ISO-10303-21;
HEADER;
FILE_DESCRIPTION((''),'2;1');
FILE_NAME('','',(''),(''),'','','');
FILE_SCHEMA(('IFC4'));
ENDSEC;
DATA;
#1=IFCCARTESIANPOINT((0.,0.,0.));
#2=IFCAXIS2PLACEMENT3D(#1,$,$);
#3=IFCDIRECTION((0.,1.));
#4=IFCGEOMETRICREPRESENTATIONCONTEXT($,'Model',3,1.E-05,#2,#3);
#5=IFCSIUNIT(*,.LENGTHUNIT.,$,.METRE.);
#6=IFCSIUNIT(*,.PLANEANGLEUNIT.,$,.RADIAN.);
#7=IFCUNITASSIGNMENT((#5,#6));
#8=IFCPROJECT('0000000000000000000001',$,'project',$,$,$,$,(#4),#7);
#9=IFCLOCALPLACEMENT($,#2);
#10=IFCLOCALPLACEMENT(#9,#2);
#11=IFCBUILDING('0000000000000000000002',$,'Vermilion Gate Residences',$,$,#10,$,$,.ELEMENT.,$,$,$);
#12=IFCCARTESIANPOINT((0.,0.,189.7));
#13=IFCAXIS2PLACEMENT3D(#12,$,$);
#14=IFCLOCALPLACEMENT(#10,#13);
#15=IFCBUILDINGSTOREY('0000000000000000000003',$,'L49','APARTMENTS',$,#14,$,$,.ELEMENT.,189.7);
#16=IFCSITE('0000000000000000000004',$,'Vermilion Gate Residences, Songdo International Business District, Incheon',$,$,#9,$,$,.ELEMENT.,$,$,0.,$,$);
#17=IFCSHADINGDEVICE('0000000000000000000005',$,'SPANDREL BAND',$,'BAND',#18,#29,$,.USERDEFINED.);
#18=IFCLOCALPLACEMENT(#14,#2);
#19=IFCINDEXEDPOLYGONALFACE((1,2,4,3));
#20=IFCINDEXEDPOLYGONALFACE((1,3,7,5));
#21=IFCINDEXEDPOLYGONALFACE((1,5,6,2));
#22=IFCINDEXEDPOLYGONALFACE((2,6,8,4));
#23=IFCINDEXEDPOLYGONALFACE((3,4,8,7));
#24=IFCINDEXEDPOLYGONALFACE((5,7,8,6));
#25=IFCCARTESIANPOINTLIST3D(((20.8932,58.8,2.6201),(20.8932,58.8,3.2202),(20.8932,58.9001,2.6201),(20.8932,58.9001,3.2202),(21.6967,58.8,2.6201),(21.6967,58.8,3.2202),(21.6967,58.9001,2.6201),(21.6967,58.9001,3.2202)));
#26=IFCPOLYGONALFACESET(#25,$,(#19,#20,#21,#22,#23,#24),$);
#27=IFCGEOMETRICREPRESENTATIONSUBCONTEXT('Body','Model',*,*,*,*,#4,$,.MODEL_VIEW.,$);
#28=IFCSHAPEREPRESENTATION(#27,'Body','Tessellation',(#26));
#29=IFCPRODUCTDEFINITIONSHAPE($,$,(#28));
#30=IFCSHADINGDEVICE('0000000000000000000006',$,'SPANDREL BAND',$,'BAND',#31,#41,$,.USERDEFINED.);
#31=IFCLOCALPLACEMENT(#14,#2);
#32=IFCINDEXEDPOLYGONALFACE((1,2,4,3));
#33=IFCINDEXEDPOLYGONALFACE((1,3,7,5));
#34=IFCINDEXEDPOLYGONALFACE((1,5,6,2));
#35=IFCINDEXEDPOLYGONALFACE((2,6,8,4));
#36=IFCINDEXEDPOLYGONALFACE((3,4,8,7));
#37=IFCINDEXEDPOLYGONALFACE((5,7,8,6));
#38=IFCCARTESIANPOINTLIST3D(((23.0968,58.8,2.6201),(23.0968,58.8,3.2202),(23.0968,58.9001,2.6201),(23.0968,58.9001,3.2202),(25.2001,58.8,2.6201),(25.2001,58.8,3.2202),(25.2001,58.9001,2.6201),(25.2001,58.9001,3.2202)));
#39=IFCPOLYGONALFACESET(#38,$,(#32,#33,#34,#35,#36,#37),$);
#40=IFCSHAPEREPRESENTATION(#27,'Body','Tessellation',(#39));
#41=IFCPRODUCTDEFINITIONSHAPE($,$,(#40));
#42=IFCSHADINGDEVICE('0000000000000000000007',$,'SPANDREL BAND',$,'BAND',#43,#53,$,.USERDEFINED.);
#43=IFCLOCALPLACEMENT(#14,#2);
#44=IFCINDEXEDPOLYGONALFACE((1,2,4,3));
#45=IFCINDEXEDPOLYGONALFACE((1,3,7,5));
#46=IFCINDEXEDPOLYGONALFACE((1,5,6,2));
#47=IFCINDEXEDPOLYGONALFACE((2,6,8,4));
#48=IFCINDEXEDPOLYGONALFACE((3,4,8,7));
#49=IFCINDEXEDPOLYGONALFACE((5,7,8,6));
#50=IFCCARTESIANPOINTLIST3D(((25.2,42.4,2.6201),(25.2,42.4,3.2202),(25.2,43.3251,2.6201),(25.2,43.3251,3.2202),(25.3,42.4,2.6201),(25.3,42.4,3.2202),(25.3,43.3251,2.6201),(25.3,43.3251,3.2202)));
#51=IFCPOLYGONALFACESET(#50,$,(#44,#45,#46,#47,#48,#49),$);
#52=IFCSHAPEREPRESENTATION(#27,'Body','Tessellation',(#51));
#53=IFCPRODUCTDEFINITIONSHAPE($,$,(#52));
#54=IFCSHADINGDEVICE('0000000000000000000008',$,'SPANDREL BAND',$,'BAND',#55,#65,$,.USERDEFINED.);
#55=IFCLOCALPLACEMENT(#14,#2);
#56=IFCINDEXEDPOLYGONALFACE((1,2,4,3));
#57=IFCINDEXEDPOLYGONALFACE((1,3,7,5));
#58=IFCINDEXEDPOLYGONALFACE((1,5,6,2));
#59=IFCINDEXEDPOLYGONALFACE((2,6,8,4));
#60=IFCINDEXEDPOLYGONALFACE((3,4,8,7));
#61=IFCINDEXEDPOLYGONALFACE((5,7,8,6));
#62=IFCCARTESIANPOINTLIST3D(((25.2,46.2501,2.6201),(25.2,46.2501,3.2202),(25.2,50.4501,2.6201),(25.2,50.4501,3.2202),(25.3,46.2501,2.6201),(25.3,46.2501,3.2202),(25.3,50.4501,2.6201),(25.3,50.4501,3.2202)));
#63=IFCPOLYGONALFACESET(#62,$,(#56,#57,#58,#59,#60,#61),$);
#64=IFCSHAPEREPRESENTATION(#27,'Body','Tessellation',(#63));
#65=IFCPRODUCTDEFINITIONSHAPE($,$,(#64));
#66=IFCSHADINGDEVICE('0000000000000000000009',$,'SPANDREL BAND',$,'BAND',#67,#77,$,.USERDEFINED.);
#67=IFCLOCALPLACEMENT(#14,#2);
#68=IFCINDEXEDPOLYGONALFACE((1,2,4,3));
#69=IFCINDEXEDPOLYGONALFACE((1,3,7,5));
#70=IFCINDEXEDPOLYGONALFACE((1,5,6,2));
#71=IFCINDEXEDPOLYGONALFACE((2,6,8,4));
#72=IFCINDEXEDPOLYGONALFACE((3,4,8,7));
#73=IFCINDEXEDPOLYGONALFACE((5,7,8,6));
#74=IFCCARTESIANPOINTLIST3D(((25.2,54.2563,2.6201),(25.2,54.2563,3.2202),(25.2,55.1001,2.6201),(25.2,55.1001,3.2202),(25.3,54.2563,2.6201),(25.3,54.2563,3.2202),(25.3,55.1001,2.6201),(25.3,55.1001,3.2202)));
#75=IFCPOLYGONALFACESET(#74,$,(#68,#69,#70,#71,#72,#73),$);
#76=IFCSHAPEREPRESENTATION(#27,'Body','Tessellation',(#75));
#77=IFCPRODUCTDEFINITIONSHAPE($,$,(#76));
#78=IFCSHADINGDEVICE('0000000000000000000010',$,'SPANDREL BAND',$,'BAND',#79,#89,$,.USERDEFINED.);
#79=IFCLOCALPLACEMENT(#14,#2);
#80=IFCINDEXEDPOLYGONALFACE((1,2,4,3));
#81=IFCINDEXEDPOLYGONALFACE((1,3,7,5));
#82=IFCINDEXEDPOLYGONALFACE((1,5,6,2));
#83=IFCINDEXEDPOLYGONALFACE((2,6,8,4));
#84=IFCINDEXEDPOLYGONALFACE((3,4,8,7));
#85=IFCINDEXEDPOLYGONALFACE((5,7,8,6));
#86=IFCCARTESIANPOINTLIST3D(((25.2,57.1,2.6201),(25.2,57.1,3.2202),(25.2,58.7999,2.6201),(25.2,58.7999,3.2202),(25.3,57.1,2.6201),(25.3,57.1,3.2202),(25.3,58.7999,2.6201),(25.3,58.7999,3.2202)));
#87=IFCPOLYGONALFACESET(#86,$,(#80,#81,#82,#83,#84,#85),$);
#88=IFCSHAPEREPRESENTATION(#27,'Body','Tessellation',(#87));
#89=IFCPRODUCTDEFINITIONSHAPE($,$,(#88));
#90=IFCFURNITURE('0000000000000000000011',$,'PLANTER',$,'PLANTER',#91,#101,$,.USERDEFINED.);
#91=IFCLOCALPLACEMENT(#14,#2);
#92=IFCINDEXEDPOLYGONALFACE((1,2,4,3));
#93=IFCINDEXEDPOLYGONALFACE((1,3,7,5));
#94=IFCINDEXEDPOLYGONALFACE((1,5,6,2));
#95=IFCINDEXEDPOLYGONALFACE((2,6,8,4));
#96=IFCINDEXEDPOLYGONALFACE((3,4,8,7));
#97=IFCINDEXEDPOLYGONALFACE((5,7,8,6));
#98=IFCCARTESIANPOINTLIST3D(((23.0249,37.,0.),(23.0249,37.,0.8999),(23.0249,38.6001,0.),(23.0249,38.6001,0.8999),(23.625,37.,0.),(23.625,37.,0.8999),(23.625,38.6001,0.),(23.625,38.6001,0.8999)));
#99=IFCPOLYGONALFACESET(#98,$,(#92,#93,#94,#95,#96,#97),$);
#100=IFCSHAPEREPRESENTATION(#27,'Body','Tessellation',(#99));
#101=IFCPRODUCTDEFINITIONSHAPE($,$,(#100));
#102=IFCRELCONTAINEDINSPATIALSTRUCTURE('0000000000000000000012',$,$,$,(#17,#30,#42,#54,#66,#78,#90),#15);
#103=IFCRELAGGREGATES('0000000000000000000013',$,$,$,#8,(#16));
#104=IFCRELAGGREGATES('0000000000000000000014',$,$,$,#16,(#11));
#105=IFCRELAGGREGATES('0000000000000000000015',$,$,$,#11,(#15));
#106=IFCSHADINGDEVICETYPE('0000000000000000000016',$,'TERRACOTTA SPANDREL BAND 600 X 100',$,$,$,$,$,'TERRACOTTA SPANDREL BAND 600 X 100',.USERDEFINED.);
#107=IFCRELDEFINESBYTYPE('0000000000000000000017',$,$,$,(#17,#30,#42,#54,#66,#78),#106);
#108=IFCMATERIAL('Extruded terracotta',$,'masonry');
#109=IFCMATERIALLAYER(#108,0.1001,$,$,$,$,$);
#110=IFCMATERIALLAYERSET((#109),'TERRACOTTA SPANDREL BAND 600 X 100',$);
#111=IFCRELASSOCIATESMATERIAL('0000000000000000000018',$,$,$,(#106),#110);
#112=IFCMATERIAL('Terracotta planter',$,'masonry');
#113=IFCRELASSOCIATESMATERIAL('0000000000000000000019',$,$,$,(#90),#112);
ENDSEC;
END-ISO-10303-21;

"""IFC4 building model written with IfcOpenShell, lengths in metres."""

from ifc_helpers import new_model, si_unit, direction, frame, origin, origin_2d, place, context, subcontext, project, spatial, rectangle, extrude, material, layer, layer_set, type_object, element, save


model = new_model("IFC4")

# Units and contexts
model_context = context("Model", 3, precision=1e-05, world=origin(), true_north=direction((0.0, 1.0)))
body_context = subcontext(model_context, "Body", "Model", "MODEL_VIEW")
ifc_project = project(units=[si_unit("LENGTHUNIT", "METRE"), si_unit("PLANEANGLEUNIT", "RADIAN")], contexts=[model_context])

# Site, building, storey
site_placement = place(None, origin())
site = spatial("IfcSite", under=ifc_project, at=site_placement, Name="Vermilion Gate Residences, Songdo International Business District, Incheon", CompositionType="ELEMENT", RefElevation=0.0)
building_placement = place(site_placement, origin())
building = spatial("IfcBuilding", under=site, at=building_placement, Name="Vermilion Gate Residences", CompositionType="ELEMENT")
storey_placement = place(building_placement, frame((0.0, 0.0, 189.7)))
storey = spatial("IfcBuildingStorey", under=building, at=storey_placement, Name="L49", Description="APARTMENTS", CompositionType="ELEMENT", Elevation=189.7)

# Shading devices
ifc_material_1 = material(Name="Extruded terracotta", Category="masonry")
ifc_layer_1 = layer(ifc_material_1, 0.1001)
ifc_layer_set_1 = layer_set([ifc_layer_1], Name="TERRACOTTA SPANDREL BAND 600 X 100")
shading_device_type_1 = type_object("IfcShadingDeviceType", Name="TERRACOTTA SPANDREL BAND 600 X 100", ElementType="TERRACOTTA SPANDREL BAND 600 X 100", PredefinedType="USERDEFINED", material=ifc_layer_set_1)
shading_device_1_placement = place(storey_placement, frame((21.2949, 58.8501, 2.6201), z_axis=(0.0, 0.0, 1.0), x_axis=(1.0, 0.0, 0.0)))
element("IfcShadingDevice", 1, at=shading_device_1_placement, inside=storey, type_object=shading_device_type_1, Name="SPANDREL BAND", ObjectType="BAND", PredefinedType="USERDEFINED", context=body_context, shape_type="SweptSolid", body=[
    extrude(rectangle(XDim=0.8035, YDim=0.1001, at=origin_2d()), origin(), (0.0, 0.0, 1.0), 0.6001),
])
shading_device_2_placement = place(storey_placement, frame((24.1484, 58.8501, 2.6201), z_axis=(0.0, 0.0, 1.0), x_axis=(1.0, 0.0, 0.0)))
element("IfcShadingDevice", 2, at=shading_device_2_placement, inside=storey, type_object=shading_device_type_1, Name="SPANDREL BAND", ObjectType="BAND", PredefinedType="USERDEFINED", context=body_context, shape_type="SweptSolid", body=[
    extrude(rectangle(XDim=2.1033, YDim=0.1001, at=origin_2d()), origin(), (0.0, 0.0, 1.0), 0.6001),
])
shading_device_3_placement = place(storey_placement, frame((25.25, 42.8625, 2.6201), z_axis=(0.0, 0.0, 1.0), x_axis=(0.0, 1.0, 0.0)))
element("IfcShadingDevice", 3, at=shading_device_3_placement, inside=storey, type_object=shading_device_type_1, Name="SPANDREL BAND", ObjectType="BAND", PredefinedType="USERDEFINED", context=body_context, shape_type="SweptSolid", body=[
    extrude(rectangle(XDim=0.925, YDim=0.1001, at=origin_2d()), origin(), (0.0, 0.0, 1.0), 0.6001),
])
shading_device_4_placement = place(storey_placement, frame((25.25, 48.3501, 2.6201), z_axis=(0.0, 0.0, 1.0), x_axis=(0.0, 1.0, 0.0)))
element("IfcShadingDevice", 4, at=shading_device_4_placement, inside=storey, type_object=shading_device_type_1, Name="SPANDREL BAND", ObjectType="BAND", PredefinedType="USERDEFINED", context=body_context, shape_type="SweptSolid", body=[
    extrude(rectangle(XDim=4.2, YDim=0.1001, at=origin_2d()), origin(), (0.0, 0.0, 1.0), 0.6001),
])
shading_device_5_placement = place(storey_placement, frame((25.25, 54.6782, 2.6201), z_axis=(0.0, 0.0, 1.0), x_axis=(0.0, 1.0, 0.0)))
element("IfcShadingDevice", 5, at=shading_device_5_placement, inside=storey, type_object=shading_device_type_1, Name="SPANDREL BAND", ObjectType="BAND", PredefinedType="USERDEFINED", context=body_context, shape_type="SweptSolid", body=[
    extrude(rectangle(XDim=0.8438, YDim=0.1001, at=origin_2d()), origin(), (0.0, 0.0, 1.0), 0.6001),
])
shading_device_6_placement = place(storey_placement, frame((25.25, 57.95, 2.6201), z_axis=(0.0, 0.0, 1.0), x_axis=(0.0, 1.0, 0.0)))
element("IfcShadingDevice", 6, at=shading_device_6_placement, inside=storey, type_object=shading_device_type_1, Name="SPANDREL BAND", ObjectType="BAND", PredefinedType="USERDEFINED", context=body_context, shape_type="SweptSolid", body=[
    extrude(rectangle(XDim=1.7, YDim=0.1001, at=origin_2d()), origin(), (0.0, 0.0, 1.0), 0.6001),
])

# Furniture
ifc_material_2 = material(Name="Terracotta planter", Category="masonry")
furniture_placement = place(storey_placement, frame((23.325, 37.8, 0.0), z_axis=(0.0, 0.0, 1.0), x_axis=(0.0, 1.0, 0.0)))
element("IfcFurniture", 7, at=furniture_placement, inside=storey, material=ifc_material_2, Name="PLANTER", ObjectType="PLANTER", PredefinedType="USERDEFINED", context=body_context, shape_type="SweptSolid", body=[
    extrude(rectangle(XDim=1.6001, YDim=0.6001, at=origin_2d()), origin(), (0.0, 0.0, 1.0), 0.8999),
])

save(model, "model.ifc")
